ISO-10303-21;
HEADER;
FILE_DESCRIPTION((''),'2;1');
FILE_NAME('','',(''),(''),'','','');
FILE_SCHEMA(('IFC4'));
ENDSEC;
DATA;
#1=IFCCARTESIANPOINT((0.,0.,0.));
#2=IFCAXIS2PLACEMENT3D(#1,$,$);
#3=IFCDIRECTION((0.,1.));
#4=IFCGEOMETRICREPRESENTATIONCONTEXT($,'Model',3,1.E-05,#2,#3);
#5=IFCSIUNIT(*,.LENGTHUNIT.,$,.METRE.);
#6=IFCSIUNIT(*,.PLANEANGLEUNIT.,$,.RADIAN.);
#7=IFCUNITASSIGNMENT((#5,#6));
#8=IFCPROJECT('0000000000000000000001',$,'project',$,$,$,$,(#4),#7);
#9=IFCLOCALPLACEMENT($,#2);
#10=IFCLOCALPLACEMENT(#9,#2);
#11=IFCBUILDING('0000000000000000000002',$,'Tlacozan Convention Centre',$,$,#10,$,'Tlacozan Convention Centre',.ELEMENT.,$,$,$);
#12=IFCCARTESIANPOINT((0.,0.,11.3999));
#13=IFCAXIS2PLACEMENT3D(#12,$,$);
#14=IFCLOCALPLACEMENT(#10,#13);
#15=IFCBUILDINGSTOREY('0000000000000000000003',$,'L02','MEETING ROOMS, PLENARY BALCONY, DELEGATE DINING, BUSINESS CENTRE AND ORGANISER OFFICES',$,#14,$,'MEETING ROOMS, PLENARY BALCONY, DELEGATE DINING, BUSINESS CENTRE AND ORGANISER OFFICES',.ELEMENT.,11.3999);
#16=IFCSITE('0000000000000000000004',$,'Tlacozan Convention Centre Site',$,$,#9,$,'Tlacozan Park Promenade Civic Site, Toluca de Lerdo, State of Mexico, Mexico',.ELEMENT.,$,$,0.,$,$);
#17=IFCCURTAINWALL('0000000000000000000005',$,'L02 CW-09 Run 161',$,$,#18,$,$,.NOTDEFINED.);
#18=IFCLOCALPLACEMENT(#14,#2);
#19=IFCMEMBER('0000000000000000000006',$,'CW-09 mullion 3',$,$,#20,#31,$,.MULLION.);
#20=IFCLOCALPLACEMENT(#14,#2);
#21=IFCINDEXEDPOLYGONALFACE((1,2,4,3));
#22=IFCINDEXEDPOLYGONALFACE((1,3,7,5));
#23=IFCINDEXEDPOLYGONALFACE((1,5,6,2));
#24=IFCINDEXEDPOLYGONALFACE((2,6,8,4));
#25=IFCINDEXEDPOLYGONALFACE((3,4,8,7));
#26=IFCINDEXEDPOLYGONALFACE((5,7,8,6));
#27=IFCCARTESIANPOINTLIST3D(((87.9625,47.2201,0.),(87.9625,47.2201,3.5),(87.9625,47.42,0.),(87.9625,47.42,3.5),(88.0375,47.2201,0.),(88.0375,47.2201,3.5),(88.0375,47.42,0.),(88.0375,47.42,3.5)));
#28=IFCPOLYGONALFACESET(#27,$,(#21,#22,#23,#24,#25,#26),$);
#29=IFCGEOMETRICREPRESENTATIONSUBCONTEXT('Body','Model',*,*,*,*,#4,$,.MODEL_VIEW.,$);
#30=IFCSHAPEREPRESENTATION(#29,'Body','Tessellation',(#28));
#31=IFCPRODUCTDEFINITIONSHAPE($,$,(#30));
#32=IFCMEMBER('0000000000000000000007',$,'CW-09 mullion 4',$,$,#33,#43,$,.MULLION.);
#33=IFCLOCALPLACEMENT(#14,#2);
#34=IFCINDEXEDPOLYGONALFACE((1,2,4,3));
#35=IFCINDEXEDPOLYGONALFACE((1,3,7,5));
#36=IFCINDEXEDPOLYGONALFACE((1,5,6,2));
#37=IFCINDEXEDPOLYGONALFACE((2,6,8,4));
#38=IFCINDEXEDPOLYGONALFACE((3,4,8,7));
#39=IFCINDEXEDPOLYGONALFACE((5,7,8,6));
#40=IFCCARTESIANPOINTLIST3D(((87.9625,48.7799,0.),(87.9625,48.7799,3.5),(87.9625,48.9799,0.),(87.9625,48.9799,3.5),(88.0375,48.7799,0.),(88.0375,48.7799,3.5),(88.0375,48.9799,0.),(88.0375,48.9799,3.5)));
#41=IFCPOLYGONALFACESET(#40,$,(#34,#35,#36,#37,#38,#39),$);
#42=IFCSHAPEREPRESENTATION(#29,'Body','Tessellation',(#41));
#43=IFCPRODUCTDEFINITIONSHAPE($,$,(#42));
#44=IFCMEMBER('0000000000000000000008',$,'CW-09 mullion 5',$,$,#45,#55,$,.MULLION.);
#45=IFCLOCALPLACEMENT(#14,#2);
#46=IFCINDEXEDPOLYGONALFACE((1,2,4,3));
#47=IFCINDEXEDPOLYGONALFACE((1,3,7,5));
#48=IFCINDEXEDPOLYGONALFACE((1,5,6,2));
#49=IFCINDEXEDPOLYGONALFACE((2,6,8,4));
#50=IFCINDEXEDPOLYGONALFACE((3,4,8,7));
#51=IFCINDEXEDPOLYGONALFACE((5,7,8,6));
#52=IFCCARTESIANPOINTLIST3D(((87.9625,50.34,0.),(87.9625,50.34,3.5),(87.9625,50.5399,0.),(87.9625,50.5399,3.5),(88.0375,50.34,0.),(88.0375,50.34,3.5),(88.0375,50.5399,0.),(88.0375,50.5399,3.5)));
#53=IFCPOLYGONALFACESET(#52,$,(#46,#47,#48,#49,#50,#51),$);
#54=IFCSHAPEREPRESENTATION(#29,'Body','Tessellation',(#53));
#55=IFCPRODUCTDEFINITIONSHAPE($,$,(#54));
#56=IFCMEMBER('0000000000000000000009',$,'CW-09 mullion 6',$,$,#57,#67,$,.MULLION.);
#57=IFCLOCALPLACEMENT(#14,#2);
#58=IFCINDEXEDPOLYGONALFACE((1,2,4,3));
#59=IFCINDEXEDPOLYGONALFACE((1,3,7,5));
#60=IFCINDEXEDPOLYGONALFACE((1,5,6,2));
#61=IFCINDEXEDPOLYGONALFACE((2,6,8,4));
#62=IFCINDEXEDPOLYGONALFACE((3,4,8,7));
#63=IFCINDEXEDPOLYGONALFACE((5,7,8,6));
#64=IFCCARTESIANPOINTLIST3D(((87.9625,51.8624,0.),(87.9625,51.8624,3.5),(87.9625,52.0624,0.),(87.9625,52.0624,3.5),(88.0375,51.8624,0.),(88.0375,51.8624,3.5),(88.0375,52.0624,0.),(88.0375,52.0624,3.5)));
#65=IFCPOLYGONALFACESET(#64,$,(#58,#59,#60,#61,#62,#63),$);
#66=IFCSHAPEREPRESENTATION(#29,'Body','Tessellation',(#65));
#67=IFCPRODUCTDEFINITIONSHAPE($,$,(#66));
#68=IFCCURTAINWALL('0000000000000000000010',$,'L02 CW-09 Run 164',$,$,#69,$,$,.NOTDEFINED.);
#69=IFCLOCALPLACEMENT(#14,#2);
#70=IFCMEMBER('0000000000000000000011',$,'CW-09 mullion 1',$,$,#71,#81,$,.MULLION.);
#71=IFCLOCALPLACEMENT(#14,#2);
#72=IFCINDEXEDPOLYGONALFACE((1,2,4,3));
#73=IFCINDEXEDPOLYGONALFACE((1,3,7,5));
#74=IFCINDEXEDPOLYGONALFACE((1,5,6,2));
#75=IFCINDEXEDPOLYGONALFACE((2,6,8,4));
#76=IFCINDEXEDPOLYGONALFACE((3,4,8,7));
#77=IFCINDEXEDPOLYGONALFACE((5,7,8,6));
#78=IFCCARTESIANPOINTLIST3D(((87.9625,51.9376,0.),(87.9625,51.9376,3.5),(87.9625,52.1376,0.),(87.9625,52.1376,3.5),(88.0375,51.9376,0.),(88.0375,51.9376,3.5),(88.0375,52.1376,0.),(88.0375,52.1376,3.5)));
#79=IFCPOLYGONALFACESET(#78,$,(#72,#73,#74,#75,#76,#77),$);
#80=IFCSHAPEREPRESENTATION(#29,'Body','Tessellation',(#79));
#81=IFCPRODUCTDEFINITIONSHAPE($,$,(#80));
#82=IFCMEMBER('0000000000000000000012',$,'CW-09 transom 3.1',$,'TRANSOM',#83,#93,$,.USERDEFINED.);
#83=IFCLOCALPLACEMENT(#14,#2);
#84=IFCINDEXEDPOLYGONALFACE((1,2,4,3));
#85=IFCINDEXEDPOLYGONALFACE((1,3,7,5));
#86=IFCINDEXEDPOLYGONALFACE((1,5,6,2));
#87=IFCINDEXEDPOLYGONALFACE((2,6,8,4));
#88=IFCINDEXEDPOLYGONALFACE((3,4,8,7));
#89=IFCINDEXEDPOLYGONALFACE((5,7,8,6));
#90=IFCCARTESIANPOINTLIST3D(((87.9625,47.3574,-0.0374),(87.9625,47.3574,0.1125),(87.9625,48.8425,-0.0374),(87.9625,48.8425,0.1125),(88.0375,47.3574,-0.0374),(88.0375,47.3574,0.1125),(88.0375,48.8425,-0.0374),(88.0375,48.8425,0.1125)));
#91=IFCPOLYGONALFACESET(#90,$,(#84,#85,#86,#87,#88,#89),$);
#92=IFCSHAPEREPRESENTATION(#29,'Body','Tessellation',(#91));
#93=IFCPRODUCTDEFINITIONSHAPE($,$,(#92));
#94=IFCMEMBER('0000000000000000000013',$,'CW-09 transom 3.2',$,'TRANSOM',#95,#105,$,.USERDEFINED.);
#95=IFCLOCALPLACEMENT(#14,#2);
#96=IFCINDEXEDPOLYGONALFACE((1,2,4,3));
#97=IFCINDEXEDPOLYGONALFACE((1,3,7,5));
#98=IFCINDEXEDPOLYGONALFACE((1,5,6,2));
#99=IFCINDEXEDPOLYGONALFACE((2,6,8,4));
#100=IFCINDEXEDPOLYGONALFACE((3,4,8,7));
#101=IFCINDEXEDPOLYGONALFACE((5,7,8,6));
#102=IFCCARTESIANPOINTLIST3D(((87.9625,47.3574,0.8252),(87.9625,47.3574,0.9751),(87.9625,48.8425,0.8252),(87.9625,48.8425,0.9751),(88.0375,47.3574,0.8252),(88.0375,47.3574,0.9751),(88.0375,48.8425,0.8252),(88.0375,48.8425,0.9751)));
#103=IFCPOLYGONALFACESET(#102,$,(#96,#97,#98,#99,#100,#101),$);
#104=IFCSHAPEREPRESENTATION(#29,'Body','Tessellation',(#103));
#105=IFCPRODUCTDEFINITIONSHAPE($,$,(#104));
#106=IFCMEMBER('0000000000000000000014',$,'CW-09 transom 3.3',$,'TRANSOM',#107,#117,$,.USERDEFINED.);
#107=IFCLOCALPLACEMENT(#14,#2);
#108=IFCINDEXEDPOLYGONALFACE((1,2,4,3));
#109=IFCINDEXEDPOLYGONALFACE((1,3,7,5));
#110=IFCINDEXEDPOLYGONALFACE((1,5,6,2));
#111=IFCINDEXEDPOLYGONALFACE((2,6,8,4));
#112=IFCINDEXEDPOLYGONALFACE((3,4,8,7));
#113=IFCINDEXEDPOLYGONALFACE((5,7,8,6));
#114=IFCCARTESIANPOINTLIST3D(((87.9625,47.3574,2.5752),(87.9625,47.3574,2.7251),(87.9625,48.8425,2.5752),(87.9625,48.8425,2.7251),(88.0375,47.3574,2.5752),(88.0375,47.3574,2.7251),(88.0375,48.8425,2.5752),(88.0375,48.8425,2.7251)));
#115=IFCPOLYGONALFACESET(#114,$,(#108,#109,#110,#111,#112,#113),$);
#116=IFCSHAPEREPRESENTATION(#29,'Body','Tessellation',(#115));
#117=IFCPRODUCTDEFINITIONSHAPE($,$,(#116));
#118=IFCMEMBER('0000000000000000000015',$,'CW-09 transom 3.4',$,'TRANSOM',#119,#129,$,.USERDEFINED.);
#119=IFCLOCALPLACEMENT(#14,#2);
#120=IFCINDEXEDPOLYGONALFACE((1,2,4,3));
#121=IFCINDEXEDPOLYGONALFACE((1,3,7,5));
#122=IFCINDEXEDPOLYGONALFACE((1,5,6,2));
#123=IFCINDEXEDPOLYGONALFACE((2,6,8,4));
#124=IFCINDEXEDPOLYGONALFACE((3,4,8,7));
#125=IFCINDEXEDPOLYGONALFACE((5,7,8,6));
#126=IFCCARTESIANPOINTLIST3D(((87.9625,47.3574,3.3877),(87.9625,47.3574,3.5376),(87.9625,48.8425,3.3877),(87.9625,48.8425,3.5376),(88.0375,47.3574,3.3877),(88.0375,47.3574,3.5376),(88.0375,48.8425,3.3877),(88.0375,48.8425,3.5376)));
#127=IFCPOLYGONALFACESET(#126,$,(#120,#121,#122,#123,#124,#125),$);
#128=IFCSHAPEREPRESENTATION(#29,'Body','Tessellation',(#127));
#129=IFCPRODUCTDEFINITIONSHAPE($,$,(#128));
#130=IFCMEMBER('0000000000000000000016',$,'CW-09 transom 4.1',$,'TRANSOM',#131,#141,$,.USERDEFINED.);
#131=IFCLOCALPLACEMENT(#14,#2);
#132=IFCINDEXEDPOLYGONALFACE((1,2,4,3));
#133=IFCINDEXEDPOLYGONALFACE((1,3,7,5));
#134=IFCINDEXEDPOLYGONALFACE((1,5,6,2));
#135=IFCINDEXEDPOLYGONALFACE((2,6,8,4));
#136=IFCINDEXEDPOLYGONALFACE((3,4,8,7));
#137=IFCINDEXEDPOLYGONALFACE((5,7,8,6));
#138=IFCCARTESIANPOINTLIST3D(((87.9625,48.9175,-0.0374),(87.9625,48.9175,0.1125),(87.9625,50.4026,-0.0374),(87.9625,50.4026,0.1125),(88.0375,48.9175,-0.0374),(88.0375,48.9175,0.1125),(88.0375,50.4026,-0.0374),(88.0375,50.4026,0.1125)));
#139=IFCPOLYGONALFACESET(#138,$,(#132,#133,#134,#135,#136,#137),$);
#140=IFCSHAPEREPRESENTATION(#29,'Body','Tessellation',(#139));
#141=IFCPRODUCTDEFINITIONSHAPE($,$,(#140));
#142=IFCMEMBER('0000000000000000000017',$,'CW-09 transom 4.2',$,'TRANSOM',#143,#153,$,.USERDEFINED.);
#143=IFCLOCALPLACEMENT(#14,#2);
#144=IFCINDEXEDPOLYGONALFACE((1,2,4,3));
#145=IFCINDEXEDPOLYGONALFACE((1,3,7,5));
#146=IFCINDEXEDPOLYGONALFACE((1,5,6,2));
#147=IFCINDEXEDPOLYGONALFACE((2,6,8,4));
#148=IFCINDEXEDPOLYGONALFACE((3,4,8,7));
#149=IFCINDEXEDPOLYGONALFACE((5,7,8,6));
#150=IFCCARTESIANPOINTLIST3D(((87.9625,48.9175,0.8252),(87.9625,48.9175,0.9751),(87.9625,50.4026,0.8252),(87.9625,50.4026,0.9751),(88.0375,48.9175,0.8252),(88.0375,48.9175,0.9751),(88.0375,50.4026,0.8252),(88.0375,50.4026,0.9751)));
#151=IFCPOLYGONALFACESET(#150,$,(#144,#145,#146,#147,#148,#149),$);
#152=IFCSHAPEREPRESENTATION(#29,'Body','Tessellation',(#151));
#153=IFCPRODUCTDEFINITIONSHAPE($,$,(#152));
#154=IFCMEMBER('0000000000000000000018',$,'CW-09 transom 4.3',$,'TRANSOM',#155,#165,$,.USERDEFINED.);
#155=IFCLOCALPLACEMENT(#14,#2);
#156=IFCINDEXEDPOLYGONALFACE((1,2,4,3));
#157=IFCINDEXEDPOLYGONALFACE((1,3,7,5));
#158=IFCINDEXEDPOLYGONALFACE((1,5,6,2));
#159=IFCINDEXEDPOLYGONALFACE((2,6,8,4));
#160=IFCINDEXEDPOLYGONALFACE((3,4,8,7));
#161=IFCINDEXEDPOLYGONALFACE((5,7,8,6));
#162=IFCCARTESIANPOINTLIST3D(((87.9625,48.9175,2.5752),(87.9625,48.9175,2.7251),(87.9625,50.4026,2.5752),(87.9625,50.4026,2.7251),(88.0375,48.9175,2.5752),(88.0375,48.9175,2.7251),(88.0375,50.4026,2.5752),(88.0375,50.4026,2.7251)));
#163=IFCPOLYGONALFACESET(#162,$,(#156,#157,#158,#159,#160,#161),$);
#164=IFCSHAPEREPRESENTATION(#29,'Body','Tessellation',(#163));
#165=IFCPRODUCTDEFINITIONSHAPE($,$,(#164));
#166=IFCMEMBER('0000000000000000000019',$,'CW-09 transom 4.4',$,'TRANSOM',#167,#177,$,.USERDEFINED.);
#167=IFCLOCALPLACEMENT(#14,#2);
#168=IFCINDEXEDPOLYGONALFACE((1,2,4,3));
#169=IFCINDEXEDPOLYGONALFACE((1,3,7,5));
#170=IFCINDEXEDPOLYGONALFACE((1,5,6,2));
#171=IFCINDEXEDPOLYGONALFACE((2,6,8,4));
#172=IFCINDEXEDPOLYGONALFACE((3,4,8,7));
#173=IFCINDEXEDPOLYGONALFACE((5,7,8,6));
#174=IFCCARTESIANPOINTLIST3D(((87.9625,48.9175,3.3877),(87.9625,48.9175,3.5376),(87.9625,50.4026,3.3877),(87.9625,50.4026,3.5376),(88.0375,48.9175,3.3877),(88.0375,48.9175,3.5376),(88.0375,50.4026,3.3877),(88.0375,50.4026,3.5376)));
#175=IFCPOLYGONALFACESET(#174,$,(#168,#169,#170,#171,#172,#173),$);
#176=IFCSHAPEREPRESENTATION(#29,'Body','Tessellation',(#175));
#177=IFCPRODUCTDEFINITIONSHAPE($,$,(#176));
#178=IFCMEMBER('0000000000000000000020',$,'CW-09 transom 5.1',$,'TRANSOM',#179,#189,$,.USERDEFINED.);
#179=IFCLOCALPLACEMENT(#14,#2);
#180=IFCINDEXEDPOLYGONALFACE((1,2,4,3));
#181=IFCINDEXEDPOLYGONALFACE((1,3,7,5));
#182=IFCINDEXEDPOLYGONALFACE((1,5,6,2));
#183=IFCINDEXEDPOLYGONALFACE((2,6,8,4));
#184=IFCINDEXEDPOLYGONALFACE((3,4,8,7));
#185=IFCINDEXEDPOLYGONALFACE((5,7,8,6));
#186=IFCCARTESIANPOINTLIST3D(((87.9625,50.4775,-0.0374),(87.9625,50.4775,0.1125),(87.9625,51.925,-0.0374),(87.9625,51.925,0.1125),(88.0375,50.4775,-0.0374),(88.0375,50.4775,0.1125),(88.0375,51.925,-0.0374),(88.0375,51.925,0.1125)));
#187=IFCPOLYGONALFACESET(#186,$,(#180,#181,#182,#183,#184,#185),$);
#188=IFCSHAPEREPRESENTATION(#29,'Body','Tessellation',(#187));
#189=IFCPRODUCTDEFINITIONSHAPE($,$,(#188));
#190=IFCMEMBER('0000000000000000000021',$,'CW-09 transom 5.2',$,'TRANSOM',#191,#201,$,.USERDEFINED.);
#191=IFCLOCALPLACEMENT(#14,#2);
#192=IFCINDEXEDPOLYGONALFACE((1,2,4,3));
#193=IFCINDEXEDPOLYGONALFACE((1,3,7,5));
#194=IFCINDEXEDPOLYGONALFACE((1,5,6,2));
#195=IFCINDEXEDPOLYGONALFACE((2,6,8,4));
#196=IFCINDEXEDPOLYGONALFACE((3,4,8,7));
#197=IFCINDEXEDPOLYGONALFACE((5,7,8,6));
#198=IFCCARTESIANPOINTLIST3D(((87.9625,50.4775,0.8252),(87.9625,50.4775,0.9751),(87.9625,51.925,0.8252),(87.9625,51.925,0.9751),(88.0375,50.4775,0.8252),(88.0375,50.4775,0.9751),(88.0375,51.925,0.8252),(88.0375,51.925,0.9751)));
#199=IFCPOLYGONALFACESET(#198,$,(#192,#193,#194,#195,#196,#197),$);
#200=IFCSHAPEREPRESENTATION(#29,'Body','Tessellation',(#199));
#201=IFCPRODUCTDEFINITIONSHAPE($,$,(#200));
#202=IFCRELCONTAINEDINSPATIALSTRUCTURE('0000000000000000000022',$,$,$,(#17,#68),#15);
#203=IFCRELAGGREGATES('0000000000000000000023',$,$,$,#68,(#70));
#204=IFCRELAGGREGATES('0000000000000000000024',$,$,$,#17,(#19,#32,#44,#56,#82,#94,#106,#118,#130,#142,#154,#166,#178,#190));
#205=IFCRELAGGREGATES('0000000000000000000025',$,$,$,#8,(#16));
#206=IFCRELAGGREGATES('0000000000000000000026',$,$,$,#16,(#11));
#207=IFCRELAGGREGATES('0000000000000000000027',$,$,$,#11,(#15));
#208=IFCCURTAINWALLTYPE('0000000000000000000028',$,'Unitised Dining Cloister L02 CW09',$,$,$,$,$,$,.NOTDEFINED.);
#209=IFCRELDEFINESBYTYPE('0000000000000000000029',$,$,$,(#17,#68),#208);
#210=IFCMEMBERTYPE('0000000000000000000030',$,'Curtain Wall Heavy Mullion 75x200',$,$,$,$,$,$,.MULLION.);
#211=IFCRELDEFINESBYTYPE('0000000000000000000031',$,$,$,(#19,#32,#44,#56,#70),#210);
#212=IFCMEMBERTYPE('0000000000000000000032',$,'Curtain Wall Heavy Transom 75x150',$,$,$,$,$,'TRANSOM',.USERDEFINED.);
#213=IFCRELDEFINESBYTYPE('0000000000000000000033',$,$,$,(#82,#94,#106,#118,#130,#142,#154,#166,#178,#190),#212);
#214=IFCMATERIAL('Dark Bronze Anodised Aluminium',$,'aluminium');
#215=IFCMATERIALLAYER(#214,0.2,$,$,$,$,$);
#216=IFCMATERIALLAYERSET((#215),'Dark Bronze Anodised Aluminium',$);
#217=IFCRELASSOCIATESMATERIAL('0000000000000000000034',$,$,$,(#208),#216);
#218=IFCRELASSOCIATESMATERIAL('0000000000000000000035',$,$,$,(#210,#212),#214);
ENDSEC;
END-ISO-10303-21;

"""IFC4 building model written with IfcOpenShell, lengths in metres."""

from ifc_helpers import new_model, si_unit, direction, frame, origin, origin_2d, place, context, subcontext, project, spatial, rectangle, extrude, material, layer, layer_set, material_profile, profile_set, type_object, element, aggregate, save


model = new_model("IFC4")

# Units and contexts
model_context = context("Model", 3, precision=1e-05, world=origin(), true_north=direction((0.0, 1.0)))
body_context = subcontext(model_context, "Body", "Model", "MODEL_VIEW")
ifc_project = project(units=[si_unit("LENGTHUNIT", "METRE"), si_unit("PLANEANGLEUNIT", "RADIAN")], contexts=[model_context])

# Site, building, storey
site_placement = place(None, origin())
site = spatial("IfcSite", under=ifc_project, at=site_placement, Name="Tlacozan Convention Centre Site", LongName="Tlacozan Park Promenade Civic Site, Toluca de Lerdo, State of Mexico, Mexico", CompositionType="ELEMENT", RefElevation=0.0)
building_placement = place(site_placement, origin())
building = spatial("IfcBuilding", under=site, at=building_placement, Name="Tlacozan Convention Centre", LongName="Tlacozan Convention Centre", CompositionType="ELEMENT")
storey_placement = place(building_placement, frame((0.0, 0.0, 11.3999)))
storey = spatial("IfcBuildingStorey", under=building, at=storey_placement, Name="L02", Description="MEETING ROOMS, PLENARY BALCONY, DELEGATE DINING, BUSINESS CENTRE AND ORGANISER OFFICES", LongName="MEETING ROOMS, PLENARY BALCONY, DELEGATE DINING, BUSINESS CENTRE AND ORGANISER OFFICES", CompositionType="ELEMENT", Elevation=11.3999)

# Curtain wall, members
ifc_material_1 = material(Name="Dark Bronze Anodised Aluminium", Category="aluminium")
ifc_layer_1 = layer(ifc_material_1, 0.2)
ifc_layer_set_1 = layer_set([ifc_layer_1], Name="Dark Bronze Anodised Aluminium")
curtain_wall_type = type_object("IfcCurtainWallType", Name="Unitised Dining Cloister L02 CW09", PredefinedType="NOTDEFINED", material=ifc_layer_set_1)
curtain_wall_1_placement = place(storey_placement, origin())
curtain_wall_1 = element("IfcCurtainWall", 1, at=curtain_wall_1_placement, inside=storey, type_object=curtain_wall_type, Name="L02 CW-09 Run 161", PredefinedType="NOTDEFINED")
ifc_material_profile_1 = material_profile(ifc_material_1, rectangle(XDim=0.075, YDim=0.2, at=origin_2d()), Name="ALU 75x200")
ifc_profile_set_1 = profile_set([ifc_material_profile_1], Name="Dark Bronze Anodised Aluminium")
member_type_1 = type_object("IfcMemberType", Name="Curtain Wall Heavy Mullion 75x200", PredefinedType="MULLION", material=ifc_profile_set_1)
member_1_placement = place(storey_placement, frame((88.0, 47.3201, 0.0), z_axis=(0.0, 0.0, 1.0), x_axis=(-1.0, 0.0, 0.0)))
member_1 = element("IfcMember", 2, at=member_1_placement, type_object=member_type_1, Name="CW-09 mullion 3", PredefinedType="MULLION", context=body_context, shape_type="SweptSolid", body=[
    extrude(rectangle(XDim=0.075, YDim=0.2, at=origin_2d()), origin(), (0.0, 0.0, 1.0), 3.5),
])
member_2_placement = place(storey_placement, frame((88.0, 48.8799, 0.0), z_axis=(0.0, 0.0, 1.0), x_axis=(-1.0, 0.0, 0.0)))
member_2 = element("IfcMember", 3, at=member_2_placement, type_object=member_type_1, Name="CW-09 mullion 4", PredefinedType="MULLION", context=body_context, shape_type="SweptSolid", body=[
    extrude(rectangle(XDim=0.075, YDim=0.2, at=origin_2d()), origin(), (0.0, 0.0, 1.0), 3.5),
])
member_3_placement = place(storey_placement, frame((88.0, 50.4399, 0.0), z_axis=(0.0, 0.0, 1.0), x_axis=(-1.0, 0.0, 0.0)))
member_3 = element("IfcMember", 4, at=member_3_placement, type_object=member_type_1, Name="CW-09 mullion 5", PredefinedType="MULLION", context=body_context, shape_type="SweptSolid", body=[
    extrude(rectangle(XDim=0.075, YDim=0.2, at=origin_2d()), origin(), (0.0, 0.0, 1.0), 3.5),
])
member_4_placement = place(storey_placement, frame((88.0, 51.9624, 0.0), z_axis=(0.0, 0.0, 1.0), x_axis=(-1.0, 0.0, 0.0)))
member_4 = element("IfcMember", 5, at=member_4_placement, type_object=member_type_1, Name="CW-09 mullion 6", PredefinedType="MULLION", context=body_context, shape_type="SweptSolid", body=[
    extrude(rectangle(XDim=0.075, YDim=0.2, at=origin_2d()), origin(), (0.0, 0.0, 1.0), 3.5),
])

# Curtain wall, member
curtain_wall_2_placement = place(storey_placement, origin())
curtain_wall_2 = element("IfcCurtainWall", 6, at=curtain_wall_2_placement, inside=storey, type_object=curtain_wall_type, Name="L02 CW-09 Run 164", PredefinedType="NOTDEFINED")
member_5_placement = place(storey_placement, frame((88.0, 52.0376, 0.0), z_axis=(0.0, 0.0, 1.0), x_axis=(-1.0, 0.0, 0.0)))
member_5 = element("IfcMember", 7, at=member_5_placement, type_object=member_type_1, Name="CW-09 mullion 1", PredefinedType="MULLION", context=body_context, shape_type="SweptSolid", body=[
    extrude(rectangle(XDim=0.075, YDim=0.2, at=origin_2d()), origin(), (0.0, 0.0, 1.0), 3.5),
])
aggregate(curtain_wall_2, [member_5])

# Members
ifc_material_profile_2 = material_profile(ifc_material_1, rectangle(XDim=0.075, YDim=0.1499, at=origin_2d()), Name="ALU 75x150")
ifc_profile_set_2 = profile_set([ifc_material_profile_2], Name="Dark Bronze Anodised Aluminium")
member_type_2 = type_object("IfcMemberType", Name="Curtain Wall Heavy Transom 75x150", ElementType="TRANSOM", PredefinedType="USERDEFINED", material=ifc_profile_set_2)
member_6_placement = place(storey_placement, frame((88.0, 47.3574, 0.0376), z_axis=(0.0, 1.0, 0.0), x_axis=(-1.0, 0.0, 0.0)))
member_6 = element("IfcMember", 8, at=member_6_placement, type_object=member_type_2, Name="CW-09 transom 3.1", ObjectType="TRANSOM", PredefinedType="USERDEFINED", context=body_context, shape_type="SweptSolid", body=[
    extrude(rectangle(XDim=0.075, YDim=0.1499, at=origin_2d()), origin(), (0.0, 0.0, 1.0), 1.4851),
])
member_7_placement = place(storey_placement, frame((88.0, 47.3574, 0.9001), z_axis=(0.0, 1.0, 0.0), x_axis=(-1.0, 0.0, 0.0)))
member_7 = element("IfcMember", 9, at=member_7_placement, type_object=member_type_2, Name="CW-09 transom 3.2", ObjectType="TRANSOM", PredefinedType="USERDEFINED", context=body_context, shape_type="SweptSolid", body=[
    extrude(rectangle(XDim=0.075, YDim=0.1499, at=origin_2d()), origin(), (0.0, 0.0, 1.0), 1.4851),
])
member_8_placement = place(storey_placement, frame((88.0, 47.3574, 2.6501), z_axis=(0.0, 1.0, 0.0), x_axis=(-1.0, 0.0, 0.0)))
member_8 = element("IfcMember", 10, at=member_8_placement, type_object=member_type_2, Name="CW-09 transom 3.3", ObjectType="TRANSOM", PredefinedType="USERDEFINED", context=body_context, shape_type="SweptSolid", body=[
    extrude(rectangle(XDim=0.075, YDim=0.1499, at=origin_2d()), origin(), (0.0, 0.0, 1.0), 1.4851),
])
member_9_placement = place(storey_placement, frame((88.0, 47.3574, 3.4626), z_axis=(0.0, 1.0, 0.0), x_axis=(-1.0, 0.0, 0.0)))
member_9 = element("IfcMember", 11, at=member_9_placement, type_object=member_type_2, Name="CW-09 transom 3.4", ObjectType="TRANSOM", PredefinedType="USERDEFINED", context=body_context, shape_type="SweptSolid", body=[
    extrude(rectangle(XDim=0.075, YDim=0.1499, at=origin_2d()), origin(), (0.0, 0.0, 1.0), 1.4851),
])
member_10_placement = place(storey_placement, frame((88.0, 48.9175, 0.0376), z_axis=(0.0, 1.0, 0.0), x_axis=(-1.0, 0.0, 0.0)))
member_10 = element("IfcMember", 12, at=member_10_placement, type_object=member_type_2, Name="CW-09 transom 4.1", ObjectType="TRANSOM", PredefinedType="USERDEFINED", context=body_context, shape_type="SweptSolid", body=[
    extrude(rectangle(XDim=0.075, YDim=0.1499, at=origin_2d()), origin(), (0.0, 0.0, 1.0), 1.4851),
])
member_11_placement = place(storey_placement, frame((88.0, 48.9175, 0.9001), z_axis=(0.0, 1.0, 0.0), x_axis=(-1.0, 0.0, 0.0)))
member_11 = element("IfcMember", 13, at=member_11_placement, type_object=member_type_2, Name="CW-09 transom 4.2", ObjectType="TRANSOM", PredefinedType="USERDEFINED", context=body_context, shape_type="SweptSolid", body=[
    extrude(rectangle(XDim=0.075, YDim=0.1499, at=origin_2d()), origin(), (0.0, 0.0, 1.0), 1.4851),
])
member_12_placement = place(storey_placement, frame((88.0, 48.9175, 2.6501), z_axis=(0.0, 1.0, 0.0), x_axis=(-1.0, 0.0, 0.0)))
member_12 = element("IfcMember", 14, at=member_12_placement, type_object=member_type_2, Name="CW-09 transom 4.3", ObjectType="TRANSOM", PredefinedType="USERDEFINED", context=body_context, shape_type="SweptSolid", body=[
    extrude(rectangle(XDim=0.075, YDim=0.1499, at=origin_2d()), origin(), (0.0, 0.0, 1.0), 1.4851),
])
member_13_placement = place(storey_placement, frame((88.0, 48.9175, 3.4626), z_axis=(0.0, 1.0, 0.0), x_axis=(-1.0, 0.0, 0.0)))
member_13 = element("IfcMember", 15, at=member_13_placement, type_object=member_type_2, Name="CW-09 transom 4.4", ObjectType="TRANSOM", PredefinedType="USERDEFINED", context=body_context, shape_type="SweptSolid", body=[
    extrude(rectangle(XDim=0.075, YDim=0.1499, at=origin_2d()), origin(), (0.0, 0.0, 1.0), 1.4851),
])
member_14_placement = place(storey_placement, frame((88.0, 50.4775, 0.0376), z_axis=(0.0, 1.0, 0.0), x_axis=(-1.0, 0.0, 0.0)))
member_14 = element("IfcMember", 16, at=member_14_placement, type_object=member_type_2, Name="CW-09 transom 5.1", ObjectType="TRANSOM", PredefinedType="USERDEFINED", context=body_context, shape_type="SweptSolid", body=[
    extrude(rectangle(XDim=0.075, YDim=0.1499, at=origin_2d()), origin(), (0.0, 0.0, 1.0), 1.4475),
])
member_15_placement = place(storey_placement, frame((88.0, 50.4775, 0.9001), z_axis=(0.0, 1.0, 0.0), x_axis=(-1.0, 0.0, 0.0)))
member_15 = element("IfcMember", 17, at=member_15_placement, type_object=member_type_2, Name="CW-09 transom 5.2", ObjectType="TRANSOM", PredefinedType="USERDEFINED", context=body_context, shape_type="SweptSolid", body=[
    extrude(rectangle(XDim=0.075, YDim=0.1499, at=origin_2d()), origin(), (0.0, 0.0, 1.0), 1.4475),
])

aggregate(curtain_wall_1, [member_1, member_2, member_3, member_4, member_6, member_7, member_8, member_9, member_10, member_11, member_12, member_13, member_14, member_15])

save(model, "model.ifc")
